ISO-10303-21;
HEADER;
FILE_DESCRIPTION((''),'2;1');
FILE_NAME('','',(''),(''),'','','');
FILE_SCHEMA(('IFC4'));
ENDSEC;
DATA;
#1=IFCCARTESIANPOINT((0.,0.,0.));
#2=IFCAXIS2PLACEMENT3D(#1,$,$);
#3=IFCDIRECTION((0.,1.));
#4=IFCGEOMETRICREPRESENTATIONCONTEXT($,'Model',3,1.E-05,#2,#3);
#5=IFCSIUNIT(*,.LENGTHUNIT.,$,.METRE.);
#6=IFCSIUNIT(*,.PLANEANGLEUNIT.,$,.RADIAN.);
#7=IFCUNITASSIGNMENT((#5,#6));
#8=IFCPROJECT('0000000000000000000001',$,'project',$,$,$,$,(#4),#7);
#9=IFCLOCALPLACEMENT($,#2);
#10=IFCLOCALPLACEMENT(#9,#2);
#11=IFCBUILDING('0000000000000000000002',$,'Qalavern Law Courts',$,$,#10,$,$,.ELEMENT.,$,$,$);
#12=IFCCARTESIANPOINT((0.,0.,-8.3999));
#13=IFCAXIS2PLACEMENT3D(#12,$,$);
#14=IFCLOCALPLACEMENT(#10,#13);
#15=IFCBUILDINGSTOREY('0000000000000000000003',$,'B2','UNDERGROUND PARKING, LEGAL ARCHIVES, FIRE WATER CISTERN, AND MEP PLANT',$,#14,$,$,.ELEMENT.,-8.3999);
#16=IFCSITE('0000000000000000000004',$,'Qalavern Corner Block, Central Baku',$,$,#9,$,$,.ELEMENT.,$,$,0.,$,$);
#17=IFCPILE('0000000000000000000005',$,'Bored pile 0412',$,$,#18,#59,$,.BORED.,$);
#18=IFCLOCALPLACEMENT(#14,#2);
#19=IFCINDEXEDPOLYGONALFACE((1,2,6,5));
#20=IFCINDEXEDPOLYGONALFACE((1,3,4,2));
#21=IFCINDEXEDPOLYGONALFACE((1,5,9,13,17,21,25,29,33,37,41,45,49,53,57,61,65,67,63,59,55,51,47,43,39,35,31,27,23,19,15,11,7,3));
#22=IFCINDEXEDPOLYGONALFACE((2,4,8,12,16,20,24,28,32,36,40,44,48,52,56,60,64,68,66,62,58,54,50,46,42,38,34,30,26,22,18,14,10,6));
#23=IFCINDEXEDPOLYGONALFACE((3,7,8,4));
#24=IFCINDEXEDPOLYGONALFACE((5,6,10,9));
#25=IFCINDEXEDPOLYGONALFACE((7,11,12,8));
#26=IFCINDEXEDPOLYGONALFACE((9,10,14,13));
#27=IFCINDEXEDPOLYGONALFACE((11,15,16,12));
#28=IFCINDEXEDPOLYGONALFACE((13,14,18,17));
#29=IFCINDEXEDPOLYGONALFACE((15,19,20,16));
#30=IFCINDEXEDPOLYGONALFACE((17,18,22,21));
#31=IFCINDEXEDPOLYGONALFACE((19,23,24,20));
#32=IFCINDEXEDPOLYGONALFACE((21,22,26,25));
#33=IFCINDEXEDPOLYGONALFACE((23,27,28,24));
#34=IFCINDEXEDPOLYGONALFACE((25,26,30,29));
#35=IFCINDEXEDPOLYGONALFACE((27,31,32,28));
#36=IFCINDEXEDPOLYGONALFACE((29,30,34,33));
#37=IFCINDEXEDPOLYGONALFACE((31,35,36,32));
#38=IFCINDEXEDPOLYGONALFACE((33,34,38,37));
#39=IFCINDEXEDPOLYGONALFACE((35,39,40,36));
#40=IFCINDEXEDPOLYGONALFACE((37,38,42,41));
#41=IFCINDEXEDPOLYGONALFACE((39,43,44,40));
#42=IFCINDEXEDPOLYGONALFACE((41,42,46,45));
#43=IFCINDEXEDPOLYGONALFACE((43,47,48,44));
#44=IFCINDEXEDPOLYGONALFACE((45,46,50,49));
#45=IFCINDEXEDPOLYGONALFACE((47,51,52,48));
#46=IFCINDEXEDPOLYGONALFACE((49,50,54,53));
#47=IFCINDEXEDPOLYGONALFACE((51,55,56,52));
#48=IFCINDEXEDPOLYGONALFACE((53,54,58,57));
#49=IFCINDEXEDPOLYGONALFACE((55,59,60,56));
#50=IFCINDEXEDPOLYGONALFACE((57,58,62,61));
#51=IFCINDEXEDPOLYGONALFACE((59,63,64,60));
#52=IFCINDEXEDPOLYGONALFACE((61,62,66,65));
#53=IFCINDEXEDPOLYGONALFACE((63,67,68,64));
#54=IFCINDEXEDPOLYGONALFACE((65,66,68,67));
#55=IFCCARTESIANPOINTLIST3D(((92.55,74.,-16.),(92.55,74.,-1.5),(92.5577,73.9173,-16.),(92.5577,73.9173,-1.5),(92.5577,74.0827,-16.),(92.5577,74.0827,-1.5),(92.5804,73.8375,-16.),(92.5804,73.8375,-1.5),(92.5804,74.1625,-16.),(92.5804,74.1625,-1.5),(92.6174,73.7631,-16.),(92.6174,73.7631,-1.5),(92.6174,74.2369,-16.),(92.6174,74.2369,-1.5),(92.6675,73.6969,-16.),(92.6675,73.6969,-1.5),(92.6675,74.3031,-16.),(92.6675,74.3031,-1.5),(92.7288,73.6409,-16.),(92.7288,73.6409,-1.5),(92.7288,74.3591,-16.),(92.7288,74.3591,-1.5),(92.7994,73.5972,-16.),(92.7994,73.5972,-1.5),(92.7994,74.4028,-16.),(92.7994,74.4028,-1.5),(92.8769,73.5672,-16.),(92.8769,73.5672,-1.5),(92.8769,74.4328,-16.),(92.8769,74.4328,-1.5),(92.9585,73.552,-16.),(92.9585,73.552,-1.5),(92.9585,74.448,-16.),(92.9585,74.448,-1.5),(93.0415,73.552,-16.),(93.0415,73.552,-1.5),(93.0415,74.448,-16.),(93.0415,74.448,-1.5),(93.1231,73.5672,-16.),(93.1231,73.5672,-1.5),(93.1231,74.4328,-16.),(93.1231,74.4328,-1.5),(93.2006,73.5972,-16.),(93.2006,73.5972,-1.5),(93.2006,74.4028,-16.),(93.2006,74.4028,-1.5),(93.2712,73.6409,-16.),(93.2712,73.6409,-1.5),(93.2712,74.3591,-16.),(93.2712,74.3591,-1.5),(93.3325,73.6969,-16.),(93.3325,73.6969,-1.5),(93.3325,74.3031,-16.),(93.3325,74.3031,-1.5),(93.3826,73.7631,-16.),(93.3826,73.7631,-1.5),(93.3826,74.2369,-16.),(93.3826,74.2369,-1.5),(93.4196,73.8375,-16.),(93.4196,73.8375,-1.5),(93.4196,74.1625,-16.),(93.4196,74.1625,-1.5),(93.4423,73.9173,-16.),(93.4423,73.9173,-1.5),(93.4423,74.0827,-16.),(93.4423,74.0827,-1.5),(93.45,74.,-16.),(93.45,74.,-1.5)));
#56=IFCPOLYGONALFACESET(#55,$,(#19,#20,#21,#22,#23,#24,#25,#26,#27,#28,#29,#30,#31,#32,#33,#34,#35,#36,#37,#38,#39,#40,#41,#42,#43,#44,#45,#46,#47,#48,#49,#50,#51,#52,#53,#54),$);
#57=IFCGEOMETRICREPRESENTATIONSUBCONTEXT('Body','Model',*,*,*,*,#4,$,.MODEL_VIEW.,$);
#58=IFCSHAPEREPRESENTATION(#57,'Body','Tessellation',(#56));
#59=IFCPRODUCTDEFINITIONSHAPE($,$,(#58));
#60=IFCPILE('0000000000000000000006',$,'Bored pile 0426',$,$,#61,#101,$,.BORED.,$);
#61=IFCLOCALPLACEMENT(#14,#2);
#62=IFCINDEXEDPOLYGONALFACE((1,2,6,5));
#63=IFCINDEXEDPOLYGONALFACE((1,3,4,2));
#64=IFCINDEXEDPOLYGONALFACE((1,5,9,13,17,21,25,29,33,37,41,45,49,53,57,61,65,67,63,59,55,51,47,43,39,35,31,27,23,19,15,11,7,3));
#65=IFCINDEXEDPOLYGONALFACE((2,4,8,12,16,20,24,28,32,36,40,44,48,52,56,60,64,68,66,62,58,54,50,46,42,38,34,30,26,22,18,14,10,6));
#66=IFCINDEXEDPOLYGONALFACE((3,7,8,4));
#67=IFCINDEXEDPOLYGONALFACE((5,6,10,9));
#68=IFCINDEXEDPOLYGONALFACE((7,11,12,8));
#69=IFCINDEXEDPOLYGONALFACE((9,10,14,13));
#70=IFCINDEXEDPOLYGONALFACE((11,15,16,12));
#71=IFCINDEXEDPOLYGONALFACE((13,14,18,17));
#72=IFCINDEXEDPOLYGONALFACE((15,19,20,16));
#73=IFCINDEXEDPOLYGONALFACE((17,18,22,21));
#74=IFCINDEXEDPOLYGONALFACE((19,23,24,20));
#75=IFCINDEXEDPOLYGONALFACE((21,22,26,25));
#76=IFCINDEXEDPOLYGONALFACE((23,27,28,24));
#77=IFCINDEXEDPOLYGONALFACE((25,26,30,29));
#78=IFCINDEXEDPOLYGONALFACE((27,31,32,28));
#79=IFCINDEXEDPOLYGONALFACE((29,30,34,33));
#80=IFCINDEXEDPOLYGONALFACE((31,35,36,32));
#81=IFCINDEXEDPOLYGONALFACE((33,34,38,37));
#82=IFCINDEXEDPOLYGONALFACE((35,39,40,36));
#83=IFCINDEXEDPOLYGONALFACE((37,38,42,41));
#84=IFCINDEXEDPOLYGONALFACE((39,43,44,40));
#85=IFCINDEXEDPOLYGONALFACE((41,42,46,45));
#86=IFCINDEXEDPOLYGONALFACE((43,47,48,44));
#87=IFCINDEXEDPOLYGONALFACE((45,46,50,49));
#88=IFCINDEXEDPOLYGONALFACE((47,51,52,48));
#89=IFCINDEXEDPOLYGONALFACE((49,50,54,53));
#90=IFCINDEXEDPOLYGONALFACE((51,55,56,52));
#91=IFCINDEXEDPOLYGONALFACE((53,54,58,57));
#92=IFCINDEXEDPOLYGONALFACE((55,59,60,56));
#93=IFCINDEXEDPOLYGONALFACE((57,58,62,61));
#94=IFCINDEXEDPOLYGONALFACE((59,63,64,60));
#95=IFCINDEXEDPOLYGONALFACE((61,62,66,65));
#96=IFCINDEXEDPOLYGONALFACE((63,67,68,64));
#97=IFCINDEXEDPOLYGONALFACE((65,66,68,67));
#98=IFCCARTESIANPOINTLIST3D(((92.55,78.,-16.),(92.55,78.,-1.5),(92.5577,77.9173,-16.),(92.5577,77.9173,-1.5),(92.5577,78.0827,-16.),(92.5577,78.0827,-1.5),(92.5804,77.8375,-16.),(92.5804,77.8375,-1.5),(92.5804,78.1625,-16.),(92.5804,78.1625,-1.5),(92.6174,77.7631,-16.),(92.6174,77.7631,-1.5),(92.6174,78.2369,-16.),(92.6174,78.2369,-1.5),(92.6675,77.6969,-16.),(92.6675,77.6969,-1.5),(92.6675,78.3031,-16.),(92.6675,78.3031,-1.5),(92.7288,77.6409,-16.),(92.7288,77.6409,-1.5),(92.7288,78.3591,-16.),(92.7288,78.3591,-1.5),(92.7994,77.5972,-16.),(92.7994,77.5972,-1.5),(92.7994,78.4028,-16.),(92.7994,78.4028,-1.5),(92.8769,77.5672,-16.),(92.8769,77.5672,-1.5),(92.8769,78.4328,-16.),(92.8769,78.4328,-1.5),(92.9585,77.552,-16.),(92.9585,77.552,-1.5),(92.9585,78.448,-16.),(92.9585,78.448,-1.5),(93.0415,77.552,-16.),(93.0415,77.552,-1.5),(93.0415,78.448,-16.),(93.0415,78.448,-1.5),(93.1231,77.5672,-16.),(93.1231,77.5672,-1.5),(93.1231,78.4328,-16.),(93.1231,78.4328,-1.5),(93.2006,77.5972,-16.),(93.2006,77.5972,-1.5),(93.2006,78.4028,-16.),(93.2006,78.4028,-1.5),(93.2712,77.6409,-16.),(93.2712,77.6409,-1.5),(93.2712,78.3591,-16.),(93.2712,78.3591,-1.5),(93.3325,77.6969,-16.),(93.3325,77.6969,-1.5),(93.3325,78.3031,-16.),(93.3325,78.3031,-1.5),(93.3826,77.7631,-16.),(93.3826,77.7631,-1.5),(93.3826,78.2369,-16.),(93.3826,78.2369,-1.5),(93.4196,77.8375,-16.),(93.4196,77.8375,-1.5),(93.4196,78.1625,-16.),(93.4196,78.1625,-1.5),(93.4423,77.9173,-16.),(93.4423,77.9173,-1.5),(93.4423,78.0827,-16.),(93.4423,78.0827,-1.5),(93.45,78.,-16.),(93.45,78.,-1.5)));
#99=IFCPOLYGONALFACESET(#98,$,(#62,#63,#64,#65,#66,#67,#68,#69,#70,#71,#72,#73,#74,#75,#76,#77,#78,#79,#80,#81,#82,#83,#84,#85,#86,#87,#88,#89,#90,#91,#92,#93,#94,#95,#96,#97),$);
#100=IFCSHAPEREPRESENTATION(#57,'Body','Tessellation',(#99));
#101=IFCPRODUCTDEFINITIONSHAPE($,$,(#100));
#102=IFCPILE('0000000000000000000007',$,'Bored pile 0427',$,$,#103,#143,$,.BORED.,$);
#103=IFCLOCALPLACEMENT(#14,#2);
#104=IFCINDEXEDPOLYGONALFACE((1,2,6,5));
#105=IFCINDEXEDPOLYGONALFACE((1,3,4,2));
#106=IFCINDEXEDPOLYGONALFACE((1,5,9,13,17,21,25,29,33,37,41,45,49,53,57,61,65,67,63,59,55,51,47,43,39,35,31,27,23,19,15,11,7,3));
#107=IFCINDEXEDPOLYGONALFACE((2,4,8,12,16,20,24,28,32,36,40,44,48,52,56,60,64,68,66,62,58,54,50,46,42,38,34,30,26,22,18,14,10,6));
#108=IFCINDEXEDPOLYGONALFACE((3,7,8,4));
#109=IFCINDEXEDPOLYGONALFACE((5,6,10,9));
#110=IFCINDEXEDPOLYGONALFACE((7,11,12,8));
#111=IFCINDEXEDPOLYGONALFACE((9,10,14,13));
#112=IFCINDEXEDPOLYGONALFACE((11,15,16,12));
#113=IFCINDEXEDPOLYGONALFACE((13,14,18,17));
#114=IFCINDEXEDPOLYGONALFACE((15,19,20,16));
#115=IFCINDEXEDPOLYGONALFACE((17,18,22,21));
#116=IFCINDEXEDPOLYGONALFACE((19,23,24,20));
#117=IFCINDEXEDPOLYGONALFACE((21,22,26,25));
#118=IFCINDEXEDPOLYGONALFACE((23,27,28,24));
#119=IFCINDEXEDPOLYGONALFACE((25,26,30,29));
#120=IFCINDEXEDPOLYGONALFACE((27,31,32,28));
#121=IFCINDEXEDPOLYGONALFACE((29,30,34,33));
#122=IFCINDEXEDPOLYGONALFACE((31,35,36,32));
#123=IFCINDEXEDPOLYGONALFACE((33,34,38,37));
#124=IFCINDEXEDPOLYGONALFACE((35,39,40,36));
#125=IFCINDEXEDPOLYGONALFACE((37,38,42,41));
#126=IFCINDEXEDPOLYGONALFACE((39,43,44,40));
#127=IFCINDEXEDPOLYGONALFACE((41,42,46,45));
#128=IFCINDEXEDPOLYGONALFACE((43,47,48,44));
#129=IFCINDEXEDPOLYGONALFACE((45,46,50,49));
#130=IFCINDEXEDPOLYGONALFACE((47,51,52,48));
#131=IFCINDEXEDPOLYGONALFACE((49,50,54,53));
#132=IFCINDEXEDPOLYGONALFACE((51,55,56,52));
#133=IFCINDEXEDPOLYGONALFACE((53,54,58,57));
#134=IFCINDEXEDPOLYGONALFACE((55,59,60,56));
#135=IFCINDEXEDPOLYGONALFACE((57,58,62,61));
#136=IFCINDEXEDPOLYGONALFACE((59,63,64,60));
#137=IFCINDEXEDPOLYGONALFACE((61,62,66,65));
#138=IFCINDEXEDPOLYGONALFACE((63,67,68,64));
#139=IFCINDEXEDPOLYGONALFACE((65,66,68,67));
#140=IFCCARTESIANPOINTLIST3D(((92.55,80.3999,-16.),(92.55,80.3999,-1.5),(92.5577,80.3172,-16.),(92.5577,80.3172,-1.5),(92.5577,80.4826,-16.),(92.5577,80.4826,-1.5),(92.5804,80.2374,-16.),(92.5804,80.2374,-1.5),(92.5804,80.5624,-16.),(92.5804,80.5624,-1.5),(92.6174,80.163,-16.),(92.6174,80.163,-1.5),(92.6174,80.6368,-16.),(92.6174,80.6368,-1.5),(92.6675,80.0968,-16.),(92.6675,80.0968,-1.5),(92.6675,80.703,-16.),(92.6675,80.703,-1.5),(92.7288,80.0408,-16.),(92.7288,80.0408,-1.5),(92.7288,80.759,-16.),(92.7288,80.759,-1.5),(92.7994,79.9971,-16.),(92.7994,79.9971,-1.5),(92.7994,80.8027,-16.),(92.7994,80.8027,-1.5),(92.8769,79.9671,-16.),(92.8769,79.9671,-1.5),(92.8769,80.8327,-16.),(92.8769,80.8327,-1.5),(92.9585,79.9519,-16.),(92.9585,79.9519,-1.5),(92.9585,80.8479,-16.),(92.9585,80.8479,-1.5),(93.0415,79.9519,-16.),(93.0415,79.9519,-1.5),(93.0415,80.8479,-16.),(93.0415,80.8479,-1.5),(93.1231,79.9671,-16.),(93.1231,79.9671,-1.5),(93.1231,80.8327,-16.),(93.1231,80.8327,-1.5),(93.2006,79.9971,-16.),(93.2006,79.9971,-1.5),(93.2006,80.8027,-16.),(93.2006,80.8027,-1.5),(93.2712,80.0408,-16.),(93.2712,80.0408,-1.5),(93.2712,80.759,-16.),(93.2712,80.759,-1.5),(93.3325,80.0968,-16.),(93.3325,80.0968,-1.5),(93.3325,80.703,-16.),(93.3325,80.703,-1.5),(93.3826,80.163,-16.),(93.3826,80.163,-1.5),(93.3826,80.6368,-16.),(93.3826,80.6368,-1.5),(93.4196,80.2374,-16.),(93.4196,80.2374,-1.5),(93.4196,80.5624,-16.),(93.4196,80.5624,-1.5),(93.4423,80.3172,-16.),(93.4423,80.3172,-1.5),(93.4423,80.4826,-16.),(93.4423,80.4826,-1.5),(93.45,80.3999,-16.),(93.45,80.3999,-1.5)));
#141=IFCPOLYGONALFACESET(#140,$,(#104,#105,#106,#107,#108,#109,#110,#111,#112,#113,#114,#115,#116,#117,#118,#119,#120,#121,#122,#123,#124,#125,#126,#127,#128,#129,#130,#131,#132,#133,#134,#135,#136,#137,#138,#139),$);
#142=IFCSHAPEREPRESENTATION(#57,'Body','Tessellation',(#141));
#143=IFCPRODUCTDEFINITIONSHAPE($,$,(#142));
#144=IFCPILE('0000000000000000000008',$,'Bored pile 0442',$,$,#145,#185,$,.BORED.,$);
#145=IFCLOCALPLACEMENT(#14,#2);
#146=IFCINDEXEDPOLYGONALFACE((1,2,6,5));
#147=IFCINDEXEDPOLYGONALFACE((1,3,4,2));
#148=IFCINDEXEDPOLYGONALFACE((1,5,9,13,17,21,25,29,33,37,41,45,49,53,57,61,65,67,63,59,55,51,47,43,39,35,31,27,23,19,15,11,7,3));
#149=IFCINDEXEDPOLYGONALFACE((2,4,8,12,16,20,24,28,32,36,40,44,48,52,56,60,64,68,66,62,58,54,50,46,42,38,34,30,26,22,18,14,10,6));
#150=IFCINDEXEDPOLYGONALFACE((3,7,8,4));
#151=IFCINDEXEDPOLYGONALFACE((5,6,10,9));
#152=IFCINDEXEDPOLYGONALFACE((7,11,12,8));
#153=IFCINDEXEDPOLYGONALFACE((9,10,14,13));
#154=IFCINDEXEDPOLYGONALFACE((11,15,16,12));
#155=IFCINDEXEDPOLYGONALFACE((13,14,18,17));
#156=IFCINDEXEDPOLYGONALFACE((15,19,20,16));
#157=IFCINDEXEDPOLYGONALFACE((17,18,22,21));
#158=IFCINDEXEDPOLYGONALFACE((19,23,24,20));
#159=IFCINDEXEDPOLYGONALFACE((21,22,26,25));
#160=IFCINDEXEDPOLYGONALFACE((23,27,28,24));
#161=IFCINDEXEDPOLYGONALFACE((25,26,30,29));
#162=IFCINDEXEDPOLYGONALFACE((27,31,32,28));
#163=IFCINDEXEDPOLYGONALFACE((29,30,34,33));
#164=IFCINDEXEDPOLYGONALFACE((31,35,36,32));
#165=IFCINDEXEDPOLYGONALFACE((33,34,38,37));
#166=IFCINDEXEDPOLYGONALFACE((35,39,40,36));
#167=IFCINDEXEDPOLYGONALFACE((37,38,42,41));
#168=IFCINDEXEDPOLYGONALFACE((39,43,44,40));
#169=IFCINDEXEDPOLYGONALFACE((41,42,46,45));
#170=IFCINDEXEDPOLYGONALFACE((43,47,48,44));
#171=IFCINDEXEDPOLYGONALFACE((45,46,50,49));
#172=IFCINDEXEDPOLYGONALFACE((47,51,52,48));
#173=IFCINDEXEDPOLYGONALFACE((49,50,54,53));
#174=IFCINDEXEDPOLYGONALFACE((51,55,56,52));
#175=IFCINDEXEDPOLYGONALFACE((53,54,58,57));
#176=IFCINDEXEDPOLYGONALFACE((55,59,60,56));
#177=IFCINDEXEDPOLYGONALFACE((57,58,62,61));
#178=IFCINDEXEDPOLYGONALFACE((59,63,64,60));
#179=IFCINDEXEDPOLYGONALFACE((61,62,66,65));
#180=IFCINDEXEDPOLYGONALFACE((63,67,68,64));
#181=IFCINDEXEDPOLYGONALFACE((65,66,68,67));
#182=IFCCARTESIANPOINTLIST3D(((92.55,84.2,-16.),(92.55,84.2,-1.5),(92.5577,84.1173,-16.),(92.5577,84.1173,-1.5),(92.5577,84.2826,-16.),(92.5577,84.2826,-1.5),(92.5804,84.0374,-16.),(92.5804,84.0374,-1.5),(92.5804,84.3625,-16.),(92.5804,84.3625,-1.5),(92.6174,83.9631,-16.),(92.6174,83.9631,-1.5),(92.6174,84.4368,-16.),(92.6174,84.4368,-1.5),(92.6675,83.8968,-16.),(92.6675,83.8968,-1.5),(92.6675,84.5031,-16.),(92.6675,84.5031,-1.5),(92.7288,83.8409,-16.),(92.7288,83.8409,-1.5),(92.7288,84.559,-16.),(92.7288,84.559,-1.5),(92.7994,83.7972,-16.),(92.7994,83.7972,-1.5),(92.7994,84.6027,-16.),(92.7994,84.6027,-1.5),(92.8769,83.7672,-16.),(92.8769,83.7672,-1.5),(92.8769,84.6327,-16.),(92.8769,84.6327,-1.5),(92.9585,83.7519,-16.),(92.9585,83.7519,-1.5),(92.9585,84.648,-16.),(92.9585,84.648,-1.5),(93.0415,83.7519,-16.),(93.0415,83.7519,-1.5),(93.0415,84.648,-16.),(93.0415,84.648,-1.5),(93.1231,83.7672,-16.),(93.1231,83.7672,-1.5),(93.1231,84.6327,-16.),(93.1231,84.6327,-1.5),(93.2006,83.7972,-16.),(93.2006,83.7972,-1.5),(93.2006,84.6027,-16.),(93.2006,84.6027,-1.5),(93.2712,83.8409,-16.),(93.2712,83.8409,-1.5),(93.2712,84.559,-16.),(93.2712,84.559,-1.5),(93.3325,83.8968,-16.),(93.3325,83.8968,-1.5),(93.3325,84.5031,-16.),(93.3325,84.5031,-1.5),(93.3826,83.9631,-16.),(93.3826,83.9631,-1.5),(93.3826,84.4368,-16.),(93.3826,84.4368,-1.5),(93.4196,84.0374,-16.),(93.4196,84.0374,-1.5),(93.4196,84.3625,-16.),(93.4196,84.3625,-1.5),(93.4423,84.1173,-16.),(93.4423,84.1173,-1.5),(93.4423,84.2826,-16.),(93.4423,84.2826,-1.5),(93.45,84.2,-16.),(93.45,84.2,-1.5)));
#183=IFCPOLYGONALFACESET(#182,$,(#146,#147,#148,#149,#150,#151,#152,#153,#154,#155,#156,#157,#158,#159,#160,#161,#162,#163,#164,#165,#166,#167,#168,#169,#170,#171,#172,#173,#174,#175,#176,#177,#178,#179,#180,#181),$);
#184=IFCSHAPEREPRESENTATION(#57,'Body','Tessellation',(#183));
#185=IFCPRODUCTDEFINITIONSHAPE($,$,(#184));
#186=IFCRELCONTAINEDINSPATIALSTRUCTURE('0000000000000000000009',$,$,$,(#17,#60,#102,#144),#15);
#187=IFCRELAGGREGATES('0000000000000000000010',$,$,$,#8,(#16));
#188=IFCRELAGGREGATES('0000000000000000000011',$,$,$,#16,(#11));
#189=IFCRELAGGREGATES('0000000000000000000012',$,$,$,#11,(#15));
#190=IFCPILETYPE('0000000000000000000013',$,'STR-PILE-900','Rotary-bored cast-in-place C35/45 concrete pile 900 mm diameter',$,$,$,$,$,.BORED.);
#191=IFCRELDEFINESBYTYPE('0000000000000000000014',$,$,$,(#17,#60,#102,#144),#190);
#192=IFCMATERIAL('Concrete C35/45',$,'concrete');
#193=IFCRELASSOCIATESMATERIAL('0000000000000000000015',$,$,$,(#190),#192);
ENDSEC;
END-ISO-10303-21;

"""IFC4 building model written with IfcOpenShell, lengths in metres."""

from ifc_helpers import new_model, si_unit, direction, frame, origin, origin_2d, place, context, subcontext, project, spatial, circle, extrude, material, material_profile, profile_set, type_object, element, save


model = new_model("IFC4")

# Units and contexts
model_context = context("Model", 3, precision=1e-05, world=origin(), true_north=direction((0.0, 1.0)))
body_context = subcontext(model_context, "Body", "Model", "MODEL_VIEW")
ifc_project = project(units=[si_unit("LENGTHUNIT", "METRE"), si_unit("PLANEANGLEUNIT", "RADIAN")], contexts=[model_context])

# Site, building, storey
site_placement = place(None, origin())
site = spatial("IfcSite", under=ifc_project, at=site_placement, Name="Qalavern Corner Block, Central Baku", CompositionType="ELEMENT", RefElevation=0.0)
building_placement = place(site_placement, origin())
building = spatial("IfcBuilding", under=site, at=building_placement, Name="Qalavern Law Courts", CompositionType="ELEMENT")
storey_placement = place(building_placement, frame((0.0, 0.0, -8.3999)))
storey = spatial("IfcBuildingStorey", under=building, at=storey_placement, Name="B2", Description="UNDERGROUND PARKING, LEGAL ARCHIVES, FIRE WATER CISTERN, AND MEP PLANT", CompositionType="ELEMENT", Elevation=-8.3999)

# Shared definitions
ifc_material_1 = material(Name="Concrete C35/45", Category="concrete")

# Piles
ifc_material_profile_1 = material_profile(ifc_material_1, circle(Radius=0.45, at=origin_2d()), Name="BORED PILE 900")
ifc_profile_set_1 = profile_set([ifc_material_profile_1], Name="Concrete C35/45")
pile_type_1 = type_object("IfcPileType", Name="STR-PILE-900", Description="Rotary-bored cast-in-place C35/45 concrete pile 900 mm diameter", PredefinedType="BORED", material=ifc_profile_set_1)
for number, where, z_axis, x_axis, name in (
    (1, (93.0, 74.0, -1.5), (0.0, 0.0, -1.0), (1.0, 0.0, 0.0), "Bored pile 0412"),
    (2, (93.0, 78.0, -1.5), (0.0, 0.0, -1.0), (1.0, 0.0, 0.0), "Bored pile 0426"),
    (3, (93.0, 80.3999, -1.5), (0.0, 0.0, -1.0), (1.0, 0.0, 0.0), "Bored pile 0427"),
    (4, (93.0, 84.2, -1.5), (0.0, 0.0, -1.0), (1.0, 0.0, 0.0), "Bored pile 0442"),
):
    element("IfcPile", number, at=place(storey_placement, frame(where, z_axis=z_axis, x_axis=x_axis)), inside=storey, type_object=pile_type_1, Name=name, PredefinedType="BORED", context=body_context, shape_type="SweptSolid", body=[
        extrude(circle(Radius=0.45, at=origin_2d()), origin(), (0.0, 0.0, 1.0), 14.5),
    ])

save(model, "model.ifc")
